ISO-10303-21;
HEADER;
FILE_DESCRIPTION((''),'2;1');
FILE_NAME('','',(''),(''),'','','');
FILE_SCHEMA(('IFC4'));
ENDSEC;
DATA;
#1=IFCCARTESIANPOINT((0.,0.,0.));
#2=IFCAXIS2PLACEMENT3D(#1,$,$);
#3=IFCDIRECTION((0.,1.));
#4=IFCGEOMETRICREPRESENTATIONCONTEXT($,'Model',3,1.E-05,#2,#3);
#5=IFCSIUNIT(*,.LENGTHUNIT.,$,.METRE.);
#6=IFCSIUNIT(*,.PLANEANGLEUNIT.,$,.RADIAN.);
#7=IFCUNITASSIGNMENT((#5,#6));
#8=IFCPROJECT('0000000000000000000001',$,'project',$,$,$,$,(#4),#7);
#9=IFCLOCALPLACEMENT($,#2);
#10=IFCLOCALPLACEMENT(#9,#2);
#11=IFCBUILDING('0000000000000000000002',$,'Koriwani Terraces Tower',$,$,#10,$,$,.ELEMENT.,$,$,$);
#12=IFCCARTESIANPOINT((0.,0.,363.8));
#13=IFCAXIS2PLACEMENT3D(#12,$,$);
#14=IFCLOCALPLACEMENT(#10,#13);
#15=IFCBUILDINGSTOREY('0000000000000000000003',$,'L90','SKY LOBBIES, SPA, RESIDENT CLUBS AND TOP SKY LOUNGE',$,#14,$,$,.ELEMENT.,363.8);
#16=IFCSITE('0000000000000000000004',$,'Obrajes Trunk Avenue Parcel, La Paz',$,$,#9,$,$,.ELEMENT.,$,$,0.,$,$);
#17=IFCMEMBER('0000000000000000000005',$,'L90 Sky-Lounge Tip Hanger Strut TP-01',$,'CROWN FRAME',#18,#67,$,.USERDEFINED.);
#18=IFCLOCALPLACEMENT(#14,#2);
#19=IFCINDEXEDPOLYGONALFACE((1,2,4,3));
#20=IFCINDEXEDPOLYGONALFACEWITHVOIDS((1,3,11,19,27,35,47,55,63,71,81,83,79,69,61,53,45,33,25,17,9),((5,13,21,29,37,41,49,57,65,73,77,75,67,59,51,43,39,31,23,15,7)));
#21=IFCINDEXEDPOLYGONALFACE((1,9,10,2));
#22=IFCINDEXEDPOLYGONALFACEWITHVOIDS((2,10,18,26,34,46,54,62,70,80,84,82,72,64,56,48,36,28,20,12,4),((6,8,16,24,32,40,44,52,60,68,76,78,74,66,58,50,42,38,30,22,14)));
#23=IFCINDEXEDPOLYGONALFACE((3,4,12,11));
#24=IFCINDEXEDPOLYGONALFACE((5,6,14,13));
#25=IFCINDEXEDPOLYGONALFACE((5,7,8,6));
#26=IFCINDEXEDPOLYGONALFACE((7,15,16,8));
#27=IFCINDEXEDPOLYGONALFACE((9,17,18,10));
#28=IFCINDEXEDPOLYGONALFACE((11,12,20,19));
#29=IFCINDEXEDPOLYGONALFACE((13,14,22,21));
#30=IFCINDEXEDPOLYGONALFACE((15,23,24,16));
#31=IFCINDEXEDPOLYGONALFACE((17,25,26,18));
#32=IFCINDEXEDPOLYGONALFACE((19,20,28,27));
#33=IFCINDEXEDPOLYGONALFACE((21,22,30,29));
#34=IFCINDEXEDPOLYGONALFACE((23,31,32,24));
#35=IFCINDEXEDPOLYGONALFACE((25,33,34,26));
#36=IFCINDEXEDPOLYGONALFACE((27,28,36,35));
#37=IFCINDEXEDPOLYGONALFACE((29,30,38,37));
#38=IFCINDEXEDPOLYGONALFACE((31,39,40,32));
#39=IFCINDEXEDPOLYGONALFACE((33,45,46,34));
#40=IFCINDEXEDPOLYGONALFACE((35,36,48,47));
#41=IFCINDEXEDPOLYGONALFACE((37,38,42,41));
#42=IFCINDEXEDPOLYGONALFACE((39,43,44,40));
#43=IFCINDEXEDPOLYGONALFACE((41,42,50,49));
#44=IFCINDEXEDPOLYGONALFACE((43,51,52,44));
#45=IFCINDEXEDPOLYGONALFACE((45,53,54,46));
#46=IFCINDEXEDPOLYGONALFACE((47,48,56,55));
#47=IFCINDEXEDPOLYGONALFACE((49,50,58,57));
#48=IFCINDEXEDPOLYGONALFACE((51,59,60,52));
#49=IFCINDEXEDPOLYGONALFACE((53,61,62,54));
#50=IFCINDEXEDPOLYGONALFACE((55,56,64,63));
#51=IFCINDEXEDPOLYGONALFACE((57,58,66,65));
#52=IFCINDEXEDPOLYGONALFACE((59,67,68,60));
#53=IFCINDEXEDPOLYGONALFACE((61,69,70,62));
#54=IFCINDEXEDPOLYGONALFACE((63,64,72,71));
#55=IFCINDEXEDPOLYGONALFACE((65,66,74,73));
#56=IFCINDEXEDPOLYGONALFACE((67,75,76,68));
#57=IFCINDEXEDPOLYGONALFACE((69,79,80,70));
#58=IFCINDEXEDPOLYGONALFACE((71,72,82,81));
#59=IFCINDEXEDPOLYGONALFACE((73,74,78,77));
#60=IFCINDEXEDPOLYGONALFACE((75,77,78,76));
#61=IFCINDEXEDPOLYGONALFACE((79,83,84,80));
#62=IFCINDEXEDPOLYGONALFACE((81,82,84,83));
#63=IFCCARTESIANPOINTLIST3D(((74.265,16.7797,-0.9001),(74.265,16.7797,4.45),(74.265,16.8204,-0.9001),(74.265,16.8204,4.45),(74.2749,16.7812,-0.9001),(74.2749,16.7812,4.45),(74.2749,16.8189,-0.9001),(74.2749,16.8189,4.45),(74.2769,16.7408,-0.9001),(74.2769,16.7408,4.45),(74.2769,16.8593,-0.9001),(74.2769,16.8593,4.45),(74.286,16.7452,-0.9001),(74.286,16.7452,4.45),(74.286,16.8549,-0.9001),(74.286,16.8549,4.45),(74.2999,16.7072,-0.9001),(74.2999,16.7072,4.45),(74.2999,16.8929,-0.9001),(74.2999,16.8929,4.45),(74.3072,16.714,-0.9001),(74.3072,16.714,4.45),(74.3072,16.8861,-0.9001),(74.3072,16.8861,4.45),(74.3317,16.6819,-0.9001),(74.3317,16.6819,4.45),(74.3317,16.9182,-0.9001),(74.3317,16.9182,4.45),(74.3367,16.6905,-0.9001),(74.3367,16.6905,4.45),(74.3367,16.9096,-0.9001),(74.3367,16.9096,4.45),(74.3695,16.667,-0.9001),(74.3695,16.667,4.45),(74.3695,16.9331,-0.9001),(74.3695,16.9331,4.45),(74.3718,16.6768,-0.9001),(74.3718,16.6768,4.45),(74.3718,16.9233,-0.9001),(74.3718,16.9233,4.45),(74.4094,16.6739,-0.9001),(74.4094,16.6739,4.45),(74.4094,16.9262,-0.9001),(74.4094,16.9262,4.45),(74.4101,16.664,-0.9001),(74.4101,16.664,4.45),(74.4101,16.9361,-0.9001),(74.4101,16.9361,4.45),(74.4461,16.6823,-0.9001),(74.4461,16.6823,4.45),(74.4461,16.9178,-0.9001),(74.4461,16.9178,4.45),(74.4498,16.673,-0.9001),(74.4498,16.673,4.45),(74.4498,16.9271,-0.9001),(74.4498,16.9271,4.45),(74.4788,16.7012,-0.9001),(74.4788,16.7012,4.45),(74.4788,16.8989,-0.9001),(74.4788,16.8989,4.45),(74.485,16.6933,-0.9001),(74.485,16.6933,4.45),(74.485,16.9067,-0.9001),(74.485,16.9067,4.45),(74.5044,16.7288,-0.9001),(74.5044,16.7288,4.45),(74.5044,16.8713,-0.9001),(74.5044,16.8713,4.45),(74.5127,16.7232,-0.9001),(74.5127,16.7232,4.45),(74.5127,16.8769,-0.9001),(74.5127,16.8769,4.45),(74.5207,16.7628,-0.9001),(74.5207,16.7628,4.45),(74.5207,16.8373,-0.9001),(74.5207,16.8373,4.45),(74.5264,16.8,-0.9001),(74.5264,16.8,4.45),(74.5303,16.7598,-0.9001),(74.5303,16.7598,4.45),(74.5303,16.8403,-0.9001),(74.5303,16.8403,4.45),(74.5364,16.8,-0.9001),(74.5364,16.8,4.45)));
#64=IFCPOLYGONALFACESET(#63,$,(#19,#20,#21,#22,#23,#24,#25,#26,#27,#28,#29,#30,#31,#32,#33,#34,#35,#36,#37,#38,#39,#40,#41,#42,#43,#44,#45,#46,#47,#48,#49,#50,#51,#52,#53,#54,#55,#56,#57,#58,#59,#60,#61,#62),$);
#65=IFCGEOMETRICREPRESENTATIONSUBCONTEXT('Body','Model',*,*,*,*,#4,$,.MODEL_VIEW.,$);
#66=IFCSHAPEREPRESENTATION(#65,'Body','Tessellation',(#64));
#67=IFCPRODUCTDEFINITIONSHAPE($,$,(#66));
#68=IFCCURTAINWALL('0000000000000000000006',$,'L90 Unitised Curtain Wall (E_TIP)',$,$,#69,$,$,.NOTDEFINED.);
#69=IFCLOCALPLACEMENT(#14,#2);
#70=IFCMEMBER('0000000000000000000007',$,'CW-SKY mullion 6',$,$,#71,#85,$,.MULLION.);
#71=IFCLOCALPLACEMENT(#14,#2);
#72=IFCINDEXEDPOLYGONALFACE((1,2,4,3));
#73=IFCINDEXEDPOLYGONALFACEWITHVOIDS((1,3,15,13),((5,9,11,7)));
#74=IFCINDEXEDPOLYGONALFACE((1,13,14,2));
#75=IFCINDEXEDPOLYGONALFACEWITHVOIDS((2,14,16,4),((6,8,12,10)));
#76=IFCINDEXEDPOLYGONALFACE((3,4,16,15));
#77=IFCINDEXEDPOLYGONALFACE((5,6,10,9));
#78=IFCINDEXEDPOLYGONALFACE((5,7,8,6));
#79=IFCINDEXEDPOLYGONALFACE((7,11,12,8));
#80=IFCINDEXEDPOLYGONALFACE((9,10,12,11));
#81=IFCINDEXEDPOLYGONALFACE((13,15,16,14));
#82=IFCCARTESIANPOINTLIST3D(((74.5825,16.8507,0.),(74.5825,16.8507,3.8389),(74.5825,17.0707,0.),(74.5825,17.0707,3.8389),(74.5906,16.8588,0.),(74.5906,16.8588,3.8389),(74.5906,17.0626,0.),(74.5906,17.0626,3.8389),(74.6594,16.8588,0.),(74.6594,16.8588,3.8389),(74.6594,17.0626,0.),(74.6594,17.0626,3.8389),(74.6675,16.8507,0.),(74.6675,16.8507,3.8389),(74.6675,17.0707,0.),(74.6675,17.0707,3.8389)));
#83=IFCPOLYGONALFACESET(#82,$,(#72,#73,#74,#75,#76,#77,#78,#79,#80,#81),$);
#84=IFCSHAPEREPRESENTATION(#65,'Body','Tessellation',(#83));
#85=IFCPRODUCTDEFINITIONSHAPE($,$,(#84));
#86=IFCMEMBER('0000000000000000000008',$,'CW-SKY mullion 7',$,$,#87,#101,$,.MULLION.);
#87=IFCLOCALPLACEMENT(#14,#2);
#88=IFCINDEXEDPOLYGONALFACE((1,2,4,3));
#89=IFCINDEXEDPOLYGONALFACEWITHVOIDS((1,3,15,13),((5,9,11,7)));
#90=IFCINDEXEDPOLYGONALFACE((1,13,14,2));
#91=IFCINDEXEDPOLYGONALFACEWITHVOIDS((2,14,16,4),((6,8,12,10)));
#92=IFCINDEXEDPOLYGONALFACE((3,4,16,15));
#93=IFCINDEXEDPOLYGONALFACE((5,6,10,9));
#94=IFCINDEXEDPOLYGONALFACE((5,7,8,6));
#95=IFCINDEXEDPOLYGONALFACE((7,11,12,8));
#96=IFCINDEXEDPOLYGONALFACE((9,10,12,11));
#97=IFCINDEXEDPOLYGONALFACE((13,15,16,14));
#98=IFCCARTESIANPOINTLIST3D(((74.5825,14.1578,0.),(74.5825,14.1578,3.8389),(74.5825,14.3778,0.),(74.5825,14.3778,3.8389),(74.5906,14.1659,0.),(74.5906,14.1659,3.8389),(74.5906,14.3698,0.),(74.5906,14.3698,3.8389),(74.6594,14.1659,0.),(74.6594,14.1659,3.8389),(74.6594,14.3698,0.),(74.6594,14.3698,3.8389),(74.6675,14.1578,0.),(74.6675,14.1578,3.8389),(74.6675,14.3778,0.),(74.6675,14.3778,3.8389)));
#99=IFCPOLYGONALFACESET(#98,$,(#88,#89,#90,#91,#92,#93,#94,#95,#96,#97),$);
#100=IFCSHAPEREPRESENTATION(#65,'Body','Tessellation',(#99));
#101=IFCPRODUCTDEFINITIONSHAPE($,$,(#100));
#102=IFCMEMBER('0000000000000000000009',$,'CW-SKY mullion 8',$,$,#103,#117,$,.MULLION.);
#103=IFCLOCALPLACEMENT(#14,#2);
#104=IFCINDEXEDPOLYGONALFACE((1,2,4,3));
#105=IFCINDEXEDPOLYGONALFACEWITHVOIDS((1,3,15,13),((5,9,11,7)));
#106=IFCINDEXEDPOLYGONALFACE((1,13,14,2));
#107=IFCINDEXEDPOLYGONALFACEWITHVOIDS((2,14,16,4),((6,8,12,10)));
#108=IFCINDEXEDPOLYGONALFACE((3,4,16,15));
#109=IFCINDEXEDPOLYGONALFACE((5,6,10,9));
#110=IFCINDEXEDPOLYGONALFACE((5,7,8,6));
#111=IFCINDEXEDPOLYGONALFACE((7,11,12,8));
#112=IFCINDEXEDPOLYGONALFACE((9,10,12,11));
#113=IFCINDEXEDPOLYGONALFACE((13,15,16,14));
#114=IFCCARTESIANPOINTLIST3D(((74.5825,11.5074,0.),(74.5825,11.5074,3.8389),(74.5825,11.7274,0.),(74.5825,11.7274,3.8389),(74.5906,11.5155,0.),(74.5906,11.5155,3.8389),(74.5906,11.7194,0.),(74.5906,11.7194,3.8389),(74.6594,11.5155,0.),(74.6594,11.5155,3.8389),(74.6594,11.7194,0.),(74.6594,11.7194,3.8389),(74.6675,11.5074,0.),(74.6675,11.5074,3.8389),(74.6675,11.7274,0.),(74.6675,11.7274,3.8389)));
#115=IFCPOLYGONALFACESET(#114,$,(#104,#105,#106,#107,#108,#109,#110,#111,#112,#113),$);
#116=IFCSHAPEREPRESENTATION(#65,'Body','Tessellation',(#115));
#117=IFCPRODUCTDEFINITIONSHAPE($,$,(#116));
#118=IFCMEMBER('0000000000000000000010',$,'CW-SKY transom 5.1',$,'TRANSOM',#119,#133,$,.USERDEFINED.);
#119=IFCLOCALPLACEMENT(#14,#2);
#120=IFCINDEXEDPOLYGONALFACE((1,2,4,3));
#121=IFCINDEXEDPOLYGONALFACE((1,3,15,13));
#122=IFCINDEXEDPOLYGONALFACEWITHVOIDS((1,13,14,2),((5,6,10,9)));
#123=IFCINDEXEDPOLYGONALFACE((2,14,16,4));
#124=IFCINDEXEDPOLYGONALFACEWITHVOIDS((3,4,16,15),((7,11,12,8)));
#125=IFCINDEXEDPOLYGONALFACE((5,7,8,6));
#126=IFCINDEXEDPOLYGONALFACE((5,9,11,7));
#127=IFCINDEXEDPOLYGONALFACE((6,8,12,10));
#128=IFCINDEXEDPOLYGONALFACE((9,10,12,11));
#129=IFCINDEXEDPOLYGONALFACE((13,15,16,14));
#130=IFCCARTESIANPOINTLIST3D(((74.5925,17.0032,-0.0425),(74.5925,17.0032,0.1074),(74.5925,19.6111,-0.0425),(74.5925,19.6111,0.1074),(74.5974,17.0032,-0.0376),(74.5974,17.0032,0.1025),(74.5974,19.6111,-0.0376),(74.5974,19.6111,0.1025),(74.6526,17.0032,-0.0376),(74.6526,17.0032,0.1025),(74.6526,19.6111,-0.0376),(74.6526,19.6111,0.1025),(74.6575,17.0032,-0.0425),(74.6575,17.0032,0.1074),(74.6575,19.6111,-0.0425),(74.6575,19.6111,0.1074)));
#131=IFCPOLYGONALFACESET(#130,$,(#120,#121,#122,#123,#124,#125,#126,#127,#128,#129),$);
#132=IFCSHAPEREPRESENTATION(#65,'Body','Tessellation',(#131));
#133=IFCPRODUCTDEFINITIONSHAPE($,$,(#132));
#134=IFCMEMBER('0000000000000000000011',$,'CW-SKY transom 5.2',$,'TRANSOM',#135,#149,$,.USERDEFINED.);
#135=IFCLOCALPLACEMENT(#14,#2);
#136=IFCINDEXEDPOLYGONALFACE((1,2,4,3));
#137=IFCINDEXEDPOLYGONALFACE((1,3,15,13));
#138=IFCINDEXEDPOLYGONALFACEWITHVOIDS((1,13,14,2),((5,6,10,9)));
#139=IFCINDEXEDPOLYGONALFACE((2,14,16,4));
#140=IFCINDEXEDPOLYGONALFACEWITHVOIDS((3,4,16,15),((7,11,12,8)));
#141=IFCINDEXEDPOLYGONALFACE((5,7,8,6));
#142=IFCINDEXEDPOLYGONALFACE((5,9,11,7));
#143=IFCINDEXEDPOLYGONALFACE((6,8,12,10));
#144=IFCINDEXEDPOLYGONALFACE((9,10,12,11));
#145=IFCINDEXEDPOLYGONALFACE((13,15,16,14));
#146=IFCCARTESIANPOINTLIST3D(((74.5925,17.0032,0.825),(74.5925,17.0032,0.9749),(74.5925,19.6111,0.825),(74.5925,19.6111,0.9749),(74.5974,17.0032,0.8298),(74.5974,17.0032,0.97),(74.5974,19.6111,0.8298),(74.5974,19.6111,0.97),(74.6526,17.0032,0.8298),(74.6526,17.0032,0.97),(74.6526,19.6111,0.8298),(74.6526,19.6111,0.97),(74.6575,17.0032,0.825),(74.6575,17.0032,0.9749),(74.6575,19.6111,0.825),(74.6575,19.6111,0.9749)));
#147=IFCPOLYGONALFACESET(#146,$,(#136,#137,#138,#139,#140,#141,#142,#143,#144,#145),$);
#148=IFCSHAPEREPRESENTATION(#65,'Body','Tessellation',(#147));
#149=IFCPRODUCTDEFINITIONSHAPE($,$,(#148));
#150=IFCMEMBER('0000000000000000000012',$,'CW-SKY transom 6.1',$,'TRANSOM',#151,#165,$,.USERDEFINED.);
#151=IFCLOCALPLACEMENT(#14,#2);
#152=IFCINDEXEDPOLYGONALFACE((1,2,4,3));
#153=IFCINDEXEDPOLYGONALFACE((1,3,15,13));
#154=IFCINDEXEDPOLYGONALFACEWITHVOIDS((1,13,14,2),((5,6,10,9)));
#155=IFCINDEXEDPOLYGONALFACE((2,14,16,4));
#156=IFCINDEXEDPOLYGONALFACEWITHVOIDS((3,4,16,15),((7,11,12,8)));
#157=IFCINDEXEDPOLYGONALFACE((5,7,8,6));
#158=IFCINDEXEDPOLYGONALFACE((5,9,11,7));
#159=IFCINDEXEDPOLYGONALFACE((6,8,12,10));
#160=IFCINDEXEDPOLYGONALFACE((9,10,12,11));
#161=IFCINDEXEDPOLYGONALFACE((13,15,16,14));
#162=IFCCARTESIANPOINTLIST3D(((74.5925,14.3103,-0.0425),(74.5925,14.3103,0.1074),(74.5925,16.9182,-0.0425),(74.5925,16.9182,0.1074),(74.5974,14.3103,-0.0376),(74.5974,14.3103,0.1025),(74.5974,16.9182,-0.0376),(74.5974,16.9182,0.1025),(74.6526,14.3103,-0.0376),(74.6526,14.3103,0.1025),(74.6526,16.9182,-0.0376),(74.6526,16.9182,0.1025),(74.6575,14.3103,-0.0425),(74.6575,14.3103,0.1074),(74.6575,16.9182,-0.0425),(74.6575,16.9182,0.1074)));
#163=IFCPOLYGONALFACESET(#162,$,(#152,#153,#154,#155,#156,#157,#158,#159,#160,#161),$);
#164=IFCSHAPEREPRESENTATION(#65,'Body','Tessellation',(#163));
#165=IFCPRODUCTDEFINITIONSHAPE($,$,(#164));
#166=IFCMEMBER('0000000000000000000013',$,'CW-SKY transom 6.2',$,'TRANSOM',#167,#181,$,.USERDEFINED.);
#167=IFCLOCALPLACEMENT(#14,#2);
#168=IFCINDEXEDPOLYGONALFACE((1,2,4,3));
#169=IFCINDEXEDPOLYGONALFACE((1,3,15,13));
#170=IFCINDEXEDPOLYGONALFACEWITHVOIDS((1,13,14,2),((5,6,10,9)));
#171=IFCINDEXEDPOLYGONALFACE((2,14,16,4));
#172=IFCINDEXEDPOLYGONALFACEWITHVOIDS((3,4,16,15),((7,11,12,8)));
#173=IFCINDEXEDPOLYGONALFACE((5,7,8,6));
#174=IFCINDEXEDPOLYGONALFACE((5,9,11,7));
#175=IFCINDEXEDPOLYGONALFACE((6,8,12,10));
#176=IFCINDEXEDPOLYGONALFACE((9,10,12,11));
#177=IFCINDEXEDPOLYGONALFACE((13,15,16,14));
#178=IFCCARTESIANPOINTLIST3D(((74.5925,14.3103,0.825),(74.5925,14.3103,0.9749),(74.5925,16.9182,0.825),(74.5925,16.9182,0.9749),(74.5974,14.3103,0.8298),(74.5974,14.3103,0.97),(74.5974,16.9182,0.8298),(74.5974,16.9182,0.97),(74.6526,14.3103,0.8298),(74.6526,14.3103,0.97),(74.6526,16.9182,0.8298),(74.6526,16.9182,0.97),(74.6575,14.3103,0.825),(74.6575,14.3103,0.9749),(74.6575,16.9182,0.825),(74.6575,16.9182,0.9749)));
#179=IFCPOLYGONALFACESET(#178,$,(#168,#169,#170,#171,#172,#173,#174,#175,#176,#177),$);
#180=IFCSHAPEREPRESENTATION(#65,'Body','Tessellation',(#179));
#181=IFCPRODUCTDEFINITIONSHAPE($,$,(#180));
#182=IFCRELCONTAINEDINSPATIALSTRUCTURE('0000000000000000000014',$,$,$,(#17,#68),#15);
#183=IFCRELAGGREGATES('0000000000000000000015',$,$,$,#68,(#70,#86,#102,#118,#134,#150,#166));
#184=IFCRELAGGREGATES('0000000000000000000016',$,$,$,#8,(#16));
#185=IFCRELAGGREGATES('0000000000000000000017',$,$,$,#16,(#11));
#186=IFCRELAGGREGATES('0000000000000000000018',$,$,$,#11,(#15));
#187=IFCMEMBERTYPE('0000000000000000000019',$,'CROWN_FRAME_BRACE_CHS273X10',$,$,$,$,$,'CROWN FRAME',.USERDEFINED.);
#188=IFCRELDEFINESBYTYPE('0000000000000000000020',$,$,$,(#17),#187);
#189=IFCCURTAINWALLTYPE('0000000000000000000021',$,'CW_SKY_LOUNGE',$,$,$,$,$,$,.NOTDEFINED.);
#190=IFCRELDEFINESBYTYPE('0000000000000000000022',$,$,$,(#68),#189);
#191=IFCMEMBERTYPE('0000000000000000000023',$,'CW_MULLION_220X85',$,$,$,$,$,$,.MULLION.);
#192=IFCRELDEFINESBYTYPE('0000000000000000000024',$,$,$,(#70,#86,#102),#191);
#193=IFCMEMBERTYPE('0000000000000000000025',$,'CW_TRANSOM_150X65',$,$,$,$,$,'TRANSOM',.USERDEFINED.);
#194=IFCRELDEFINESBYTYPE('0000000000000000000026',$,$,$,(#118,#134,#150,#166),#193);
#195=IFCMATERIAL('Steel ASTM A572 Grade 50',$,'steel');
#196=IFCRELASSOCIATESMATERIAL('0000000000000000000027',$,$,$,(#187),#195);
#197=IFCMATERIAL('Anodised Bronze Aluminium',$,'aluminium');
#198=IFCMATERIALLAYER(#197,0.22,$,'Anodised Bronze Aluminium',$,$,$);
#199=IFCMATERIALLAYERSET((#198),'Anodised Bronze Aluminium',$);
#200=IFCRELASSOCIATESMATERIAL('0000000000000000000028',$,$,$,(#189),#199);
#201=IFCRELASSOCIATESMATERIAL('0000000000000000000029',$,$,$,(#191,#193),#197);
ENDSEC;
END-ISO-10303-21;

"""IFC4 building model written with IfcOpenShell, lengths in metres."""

from ifc_helpers import new_model, si_unit, direction, frame, origin, origin_2d, place, context, subcontext, project, spatial, hollow_rectangle, hollow_circle, extrude, material, layer, layer_set, material_profile, profile_set, type_object, element, aggregate, save


model = new_model("IFC4")

# Units and contexts
model_context = context("Model", 3, precision=1e-05, world=origin(), true_north=direction((0.0, 1.0)))
body_context = subcontext(model_context, "Body", "Model", "MODEL_VIEW")
ifc_project = project(units=[si_unit("LENGTHUNIT", "METRE"), si_unit("PLANEANGLEUNIT", "RADIAN")], contexts=[model_context])

# Site, building, storey
site_placement = place(None, origin())
site = spatial("IfcSite", under=ifc_project, at=site_placement, Name="Obrajes Trunk Avenue Parcel, La Paz", CompositionType="ELEMENT", RefElevation=0.0)
building_placement = place(site_placement, origin())
building = spatial("IfcBuilding", under=site, at=building_placement, Name="Koriwani Terraces Tower", CompositionType="ELEMENT")
storey_placement = place(building_placement, frame((0.0, 0.0, 363.8)))
storey = spatial("IfcBuildingStorey", under=building, at=storey_placement, Name="L90", Description="SKY LOBBIES, SPA, RESIDENT CLUBS AND TOP SKY LOUNGE", CompositionType="ELEMENT", Elevation=363.8)

# Member
ifc_material_1 = material(Name="Steel ASTM A572 Grade 50", Category="steel")
ifc_material_profile_1 = material_profile(ifc_material_1, hollow_circle(Radius=0.1365, WallThickness=0.01, at=origin_2d()), Name="Steel ASTM A572 Grade 50", Category="LoadBearing")
ifc_profile_set_1 = profile_set([ifc_material_profile_1], Name="Steel ASTM A572 Grade 50")
member_type_1 = type_object("IfcMemberType", Name="CROWN_FRAME_BRACE_CHS273X10", ElementType="CROWN FRAME", PredefinedType="USERDEFINED", material=ifc_profile_set_1)
member_1_placement = place(storey_placement, frame((74.3999, 16.8, -0.9001), z_axis=(0.0, 0.0, 1.0), x_axis=(1.0, 0.0, 0.0)))
element("IfcMember", 1, at=member_1_placement, inside=storey, type_object=member_type_1, Name="L90 Sky-Lounge Tip Hanger Strut TP-01", ObjectType="CROWN FRAME", PredefinedType="USERDEFINED", context=body_context, shape_type="SweptSolid", body=[
    extrude(hollow_circle(Radius=0.1365, WallThickness=0.01, at=origin_2d()), origin(), (0.0, 0.0, 1.0), 5.3501),
])

# Curtain wall, members
ifc_material_2 = material(Name="Anodised Bronze Aluminium", Category="aluminium")
ifc_layer_1 = layer(ifc_material_2, 0.22, Name="Anodised Bronze Aluminium")
ifc_layer_set_1 = layer_set([ifc_layer_1], Name="Anodised Bronze Aluminium")
curtain_wall_type = type_object("IfcCurtainWallType", Name="CW_SKY_LOUNGE", PredefinedType="NOTDEFINED", material=ifc_layer_set_1)
curtain_wall_placement = place(storey_placement, origin())
curtain_wall = element("IfcCurtainWall", 2, at=curtain_wall_placement, inside=storey, type_object=curtain_wall_type, Name="L90 Unitised Curtain Wall (E_TIP)", PredefinedType="NOTDEFINED")
ifc_material_profile_2 = material_profile(ifc_material_2, hollow_rectangle(XDim=0.085, YDim=0.22, WallThickness=0.0081, at=origin_2d()), Name="Anodised Bronze Aluminium", Category="LoadBearing")
ifc_profile_set_2 = profile_set([ifc_material_profile_2], Name="Anodised Bronze Aluminium")
member_type_2 = type_object("IfcMemberType", Name="CW_MULLION_220X85", PredefinedType="MULLION", material=ifc_profile_set_2)
member_2_placement = place(storey_placement, frame((74.625, 16.9607, 0.0), z_axis=(0.0, 0.0, 1.0), x_axis=(1.0, 0.0, 0.0)))
member_2 = element("IfcMember", 3, at=member_2_placement, type_object=member_type_2, Name="CW-SKY mullion 6", PredefinedType="MULLION", context=body_context, shape_type="SweptSolid", body=[
    extrude(hollow_rectangle(XDim=0.085, YDim=0.22, WallThickness=0.0081, at=origin_2d()), origin(), (0.0, 0.0, 1.0), 3.8389),
])
member_3_placement = place(storey_placement, frame((74.625, 14.2678, 0.0), z_axis=(0.0, 0.0, 1.0), x_axis=(1.0, 0.0, 0.0)))
member_3 = element("IfcMember", 4, at=member_3_placement, type_object=member_type_2, Name="CW-SKY mullion 7", PredefinedType="MULLION", context=body_context, shape_type="SweptSolid", body=[
    extrude(hollow_rectangle(XDim=0.085, YDim=0.22, WallThickness=0.0081, at=origin_2d()), origin(), (0.0, 0.0, 1.0), 3.8389),
])
member_4_placement = place(storey_placement, frame((74.625, 11.6174, 0.0), z_axis=(0.0, 0.0, 1.0), x_axis=(1.0, 0.0, 0.0)))
member_4 = element("IfcMember", 5, at=member_4_placement, type_object=member_type_2, Name="CW-SKY mullion 8", PredefinedType="MULLION", context=body_context, shape_type="SweptSolid", body=[
    extrude(hollow_rectangle(XDim=0.085, YDim=0.22, WallThickness=0.0081, at=origin_2d()), origin(), (0.0, 0.0, 1.0), 3.8389),
])
ifc_material_profile_3 = material_profile(ifc_material_2, hollow_rectangle(XDim=0.0649, YDim=0.1499, WallThickness=0.0049, at=origin_2d()), Name="Anodised Bronze Aluminium", Category="LoadBearing")
ifc_profile_set_3 = profile_set([ifc_material_profile_3], Name="Anodised Bronze Aluminium")
member_type_3 = type_object("IfcMemberType", Name="CW_TRANSOM_150X65", ElementType="TRANSOM", PredefinedType="USERDEFINED", material=ifc_profile_set_3)
member_5_placement = place(storey_placement, frame((74.625, 19.6111, 0.0325), z_axis=(0.0, -1.0, 0.0), x_axis=(1.0, 0.0, 0.0)))
member_5 = element("IfcMember", 6, at=member_5_placement, type_object=member_type_3, Name="CW-SKY transom 5.1", ObjectType="TRANSOM", PredefinedType="USERDEFINED", context=body_context, shape_type="SweptSolid", body=[
    extrude(hollow_rectangle(XDim=0.0649, YDim=0.1499, WallThickness=0.0049, at=origin_2d()), origin(), (0.0, 0.0, 1.0), 2.6079),
])
member_6_placement = place(storey_placement, frame((74.625, 19.6111, 0.8999), z_axis=(0.0, -1.0, 0.0), x_axis=(1.0, 0.0, 0.0)))
member_6 = element("IfcMember", 7, at=member_6_placement, type_object=member_type_3, Name="CW-SKY transom 5.2", ObjectType="TRANSOM", PredefinedType="USERDEFINED", context=body_context, shape_type="SweptSolid", body=[
    extrude(hollow_rectangle(XDim=0.0649, YDim=0.1499, WallThickness=0.0049, at=origin_2d()), origin(), (0.0, 0.0, 1.0), 2.6079),
])
member_7_placement = place(storey_placement, frame((74.625, 16.9182, 0.0325), z_axis=(0.0, -1.0, 0.0), x_axis=(1.0, 0.0, 0.0)))
member_7 = element("IfcMember", 8, at=member_7_placement, type_object=member_type_3, Name="CW-SKY transom 6.1", ObjectType="TRANSOM", PredefinedType="USERDEFINED", context=body_context, shape_type="SweptSolid", body=[
    extrude(hollow_rectangle(XDim=0.0649, YDim=0.1499, WallThickness=0.0049, at=origin_2d()), origin(), (0.0, 0.0, 1.0), 2.6079),
])
member_8_placement = place(storey_placement, frame((74.625, 16.9182, 0.8999), z_axis=(0.0, -1.0, 0.0), x_axis=(1.0, 0.0, 0.0)))
member_8 = element("IfcMember", 9, at=member_8_placement, type_object=member_type_3, Name="CW-SKY transom 6.2", ObjectType="TRANSOM", PredefinedType="USERDEFINED", context=body_context, shape_type="SweptSolid", body=[
    extrude(hollow_rectangle(XDim=0.0649, YDim=0.1499, WallThickness=0.0049, at=origin_2d()), origin(), (0.0, 0.0, 1.0), 2.6079),
])
aggregate(curtain_wall, [member_2, member_3, member_4, member_5, member_6, member_7, member_8])

save(model, "model.ifc")
